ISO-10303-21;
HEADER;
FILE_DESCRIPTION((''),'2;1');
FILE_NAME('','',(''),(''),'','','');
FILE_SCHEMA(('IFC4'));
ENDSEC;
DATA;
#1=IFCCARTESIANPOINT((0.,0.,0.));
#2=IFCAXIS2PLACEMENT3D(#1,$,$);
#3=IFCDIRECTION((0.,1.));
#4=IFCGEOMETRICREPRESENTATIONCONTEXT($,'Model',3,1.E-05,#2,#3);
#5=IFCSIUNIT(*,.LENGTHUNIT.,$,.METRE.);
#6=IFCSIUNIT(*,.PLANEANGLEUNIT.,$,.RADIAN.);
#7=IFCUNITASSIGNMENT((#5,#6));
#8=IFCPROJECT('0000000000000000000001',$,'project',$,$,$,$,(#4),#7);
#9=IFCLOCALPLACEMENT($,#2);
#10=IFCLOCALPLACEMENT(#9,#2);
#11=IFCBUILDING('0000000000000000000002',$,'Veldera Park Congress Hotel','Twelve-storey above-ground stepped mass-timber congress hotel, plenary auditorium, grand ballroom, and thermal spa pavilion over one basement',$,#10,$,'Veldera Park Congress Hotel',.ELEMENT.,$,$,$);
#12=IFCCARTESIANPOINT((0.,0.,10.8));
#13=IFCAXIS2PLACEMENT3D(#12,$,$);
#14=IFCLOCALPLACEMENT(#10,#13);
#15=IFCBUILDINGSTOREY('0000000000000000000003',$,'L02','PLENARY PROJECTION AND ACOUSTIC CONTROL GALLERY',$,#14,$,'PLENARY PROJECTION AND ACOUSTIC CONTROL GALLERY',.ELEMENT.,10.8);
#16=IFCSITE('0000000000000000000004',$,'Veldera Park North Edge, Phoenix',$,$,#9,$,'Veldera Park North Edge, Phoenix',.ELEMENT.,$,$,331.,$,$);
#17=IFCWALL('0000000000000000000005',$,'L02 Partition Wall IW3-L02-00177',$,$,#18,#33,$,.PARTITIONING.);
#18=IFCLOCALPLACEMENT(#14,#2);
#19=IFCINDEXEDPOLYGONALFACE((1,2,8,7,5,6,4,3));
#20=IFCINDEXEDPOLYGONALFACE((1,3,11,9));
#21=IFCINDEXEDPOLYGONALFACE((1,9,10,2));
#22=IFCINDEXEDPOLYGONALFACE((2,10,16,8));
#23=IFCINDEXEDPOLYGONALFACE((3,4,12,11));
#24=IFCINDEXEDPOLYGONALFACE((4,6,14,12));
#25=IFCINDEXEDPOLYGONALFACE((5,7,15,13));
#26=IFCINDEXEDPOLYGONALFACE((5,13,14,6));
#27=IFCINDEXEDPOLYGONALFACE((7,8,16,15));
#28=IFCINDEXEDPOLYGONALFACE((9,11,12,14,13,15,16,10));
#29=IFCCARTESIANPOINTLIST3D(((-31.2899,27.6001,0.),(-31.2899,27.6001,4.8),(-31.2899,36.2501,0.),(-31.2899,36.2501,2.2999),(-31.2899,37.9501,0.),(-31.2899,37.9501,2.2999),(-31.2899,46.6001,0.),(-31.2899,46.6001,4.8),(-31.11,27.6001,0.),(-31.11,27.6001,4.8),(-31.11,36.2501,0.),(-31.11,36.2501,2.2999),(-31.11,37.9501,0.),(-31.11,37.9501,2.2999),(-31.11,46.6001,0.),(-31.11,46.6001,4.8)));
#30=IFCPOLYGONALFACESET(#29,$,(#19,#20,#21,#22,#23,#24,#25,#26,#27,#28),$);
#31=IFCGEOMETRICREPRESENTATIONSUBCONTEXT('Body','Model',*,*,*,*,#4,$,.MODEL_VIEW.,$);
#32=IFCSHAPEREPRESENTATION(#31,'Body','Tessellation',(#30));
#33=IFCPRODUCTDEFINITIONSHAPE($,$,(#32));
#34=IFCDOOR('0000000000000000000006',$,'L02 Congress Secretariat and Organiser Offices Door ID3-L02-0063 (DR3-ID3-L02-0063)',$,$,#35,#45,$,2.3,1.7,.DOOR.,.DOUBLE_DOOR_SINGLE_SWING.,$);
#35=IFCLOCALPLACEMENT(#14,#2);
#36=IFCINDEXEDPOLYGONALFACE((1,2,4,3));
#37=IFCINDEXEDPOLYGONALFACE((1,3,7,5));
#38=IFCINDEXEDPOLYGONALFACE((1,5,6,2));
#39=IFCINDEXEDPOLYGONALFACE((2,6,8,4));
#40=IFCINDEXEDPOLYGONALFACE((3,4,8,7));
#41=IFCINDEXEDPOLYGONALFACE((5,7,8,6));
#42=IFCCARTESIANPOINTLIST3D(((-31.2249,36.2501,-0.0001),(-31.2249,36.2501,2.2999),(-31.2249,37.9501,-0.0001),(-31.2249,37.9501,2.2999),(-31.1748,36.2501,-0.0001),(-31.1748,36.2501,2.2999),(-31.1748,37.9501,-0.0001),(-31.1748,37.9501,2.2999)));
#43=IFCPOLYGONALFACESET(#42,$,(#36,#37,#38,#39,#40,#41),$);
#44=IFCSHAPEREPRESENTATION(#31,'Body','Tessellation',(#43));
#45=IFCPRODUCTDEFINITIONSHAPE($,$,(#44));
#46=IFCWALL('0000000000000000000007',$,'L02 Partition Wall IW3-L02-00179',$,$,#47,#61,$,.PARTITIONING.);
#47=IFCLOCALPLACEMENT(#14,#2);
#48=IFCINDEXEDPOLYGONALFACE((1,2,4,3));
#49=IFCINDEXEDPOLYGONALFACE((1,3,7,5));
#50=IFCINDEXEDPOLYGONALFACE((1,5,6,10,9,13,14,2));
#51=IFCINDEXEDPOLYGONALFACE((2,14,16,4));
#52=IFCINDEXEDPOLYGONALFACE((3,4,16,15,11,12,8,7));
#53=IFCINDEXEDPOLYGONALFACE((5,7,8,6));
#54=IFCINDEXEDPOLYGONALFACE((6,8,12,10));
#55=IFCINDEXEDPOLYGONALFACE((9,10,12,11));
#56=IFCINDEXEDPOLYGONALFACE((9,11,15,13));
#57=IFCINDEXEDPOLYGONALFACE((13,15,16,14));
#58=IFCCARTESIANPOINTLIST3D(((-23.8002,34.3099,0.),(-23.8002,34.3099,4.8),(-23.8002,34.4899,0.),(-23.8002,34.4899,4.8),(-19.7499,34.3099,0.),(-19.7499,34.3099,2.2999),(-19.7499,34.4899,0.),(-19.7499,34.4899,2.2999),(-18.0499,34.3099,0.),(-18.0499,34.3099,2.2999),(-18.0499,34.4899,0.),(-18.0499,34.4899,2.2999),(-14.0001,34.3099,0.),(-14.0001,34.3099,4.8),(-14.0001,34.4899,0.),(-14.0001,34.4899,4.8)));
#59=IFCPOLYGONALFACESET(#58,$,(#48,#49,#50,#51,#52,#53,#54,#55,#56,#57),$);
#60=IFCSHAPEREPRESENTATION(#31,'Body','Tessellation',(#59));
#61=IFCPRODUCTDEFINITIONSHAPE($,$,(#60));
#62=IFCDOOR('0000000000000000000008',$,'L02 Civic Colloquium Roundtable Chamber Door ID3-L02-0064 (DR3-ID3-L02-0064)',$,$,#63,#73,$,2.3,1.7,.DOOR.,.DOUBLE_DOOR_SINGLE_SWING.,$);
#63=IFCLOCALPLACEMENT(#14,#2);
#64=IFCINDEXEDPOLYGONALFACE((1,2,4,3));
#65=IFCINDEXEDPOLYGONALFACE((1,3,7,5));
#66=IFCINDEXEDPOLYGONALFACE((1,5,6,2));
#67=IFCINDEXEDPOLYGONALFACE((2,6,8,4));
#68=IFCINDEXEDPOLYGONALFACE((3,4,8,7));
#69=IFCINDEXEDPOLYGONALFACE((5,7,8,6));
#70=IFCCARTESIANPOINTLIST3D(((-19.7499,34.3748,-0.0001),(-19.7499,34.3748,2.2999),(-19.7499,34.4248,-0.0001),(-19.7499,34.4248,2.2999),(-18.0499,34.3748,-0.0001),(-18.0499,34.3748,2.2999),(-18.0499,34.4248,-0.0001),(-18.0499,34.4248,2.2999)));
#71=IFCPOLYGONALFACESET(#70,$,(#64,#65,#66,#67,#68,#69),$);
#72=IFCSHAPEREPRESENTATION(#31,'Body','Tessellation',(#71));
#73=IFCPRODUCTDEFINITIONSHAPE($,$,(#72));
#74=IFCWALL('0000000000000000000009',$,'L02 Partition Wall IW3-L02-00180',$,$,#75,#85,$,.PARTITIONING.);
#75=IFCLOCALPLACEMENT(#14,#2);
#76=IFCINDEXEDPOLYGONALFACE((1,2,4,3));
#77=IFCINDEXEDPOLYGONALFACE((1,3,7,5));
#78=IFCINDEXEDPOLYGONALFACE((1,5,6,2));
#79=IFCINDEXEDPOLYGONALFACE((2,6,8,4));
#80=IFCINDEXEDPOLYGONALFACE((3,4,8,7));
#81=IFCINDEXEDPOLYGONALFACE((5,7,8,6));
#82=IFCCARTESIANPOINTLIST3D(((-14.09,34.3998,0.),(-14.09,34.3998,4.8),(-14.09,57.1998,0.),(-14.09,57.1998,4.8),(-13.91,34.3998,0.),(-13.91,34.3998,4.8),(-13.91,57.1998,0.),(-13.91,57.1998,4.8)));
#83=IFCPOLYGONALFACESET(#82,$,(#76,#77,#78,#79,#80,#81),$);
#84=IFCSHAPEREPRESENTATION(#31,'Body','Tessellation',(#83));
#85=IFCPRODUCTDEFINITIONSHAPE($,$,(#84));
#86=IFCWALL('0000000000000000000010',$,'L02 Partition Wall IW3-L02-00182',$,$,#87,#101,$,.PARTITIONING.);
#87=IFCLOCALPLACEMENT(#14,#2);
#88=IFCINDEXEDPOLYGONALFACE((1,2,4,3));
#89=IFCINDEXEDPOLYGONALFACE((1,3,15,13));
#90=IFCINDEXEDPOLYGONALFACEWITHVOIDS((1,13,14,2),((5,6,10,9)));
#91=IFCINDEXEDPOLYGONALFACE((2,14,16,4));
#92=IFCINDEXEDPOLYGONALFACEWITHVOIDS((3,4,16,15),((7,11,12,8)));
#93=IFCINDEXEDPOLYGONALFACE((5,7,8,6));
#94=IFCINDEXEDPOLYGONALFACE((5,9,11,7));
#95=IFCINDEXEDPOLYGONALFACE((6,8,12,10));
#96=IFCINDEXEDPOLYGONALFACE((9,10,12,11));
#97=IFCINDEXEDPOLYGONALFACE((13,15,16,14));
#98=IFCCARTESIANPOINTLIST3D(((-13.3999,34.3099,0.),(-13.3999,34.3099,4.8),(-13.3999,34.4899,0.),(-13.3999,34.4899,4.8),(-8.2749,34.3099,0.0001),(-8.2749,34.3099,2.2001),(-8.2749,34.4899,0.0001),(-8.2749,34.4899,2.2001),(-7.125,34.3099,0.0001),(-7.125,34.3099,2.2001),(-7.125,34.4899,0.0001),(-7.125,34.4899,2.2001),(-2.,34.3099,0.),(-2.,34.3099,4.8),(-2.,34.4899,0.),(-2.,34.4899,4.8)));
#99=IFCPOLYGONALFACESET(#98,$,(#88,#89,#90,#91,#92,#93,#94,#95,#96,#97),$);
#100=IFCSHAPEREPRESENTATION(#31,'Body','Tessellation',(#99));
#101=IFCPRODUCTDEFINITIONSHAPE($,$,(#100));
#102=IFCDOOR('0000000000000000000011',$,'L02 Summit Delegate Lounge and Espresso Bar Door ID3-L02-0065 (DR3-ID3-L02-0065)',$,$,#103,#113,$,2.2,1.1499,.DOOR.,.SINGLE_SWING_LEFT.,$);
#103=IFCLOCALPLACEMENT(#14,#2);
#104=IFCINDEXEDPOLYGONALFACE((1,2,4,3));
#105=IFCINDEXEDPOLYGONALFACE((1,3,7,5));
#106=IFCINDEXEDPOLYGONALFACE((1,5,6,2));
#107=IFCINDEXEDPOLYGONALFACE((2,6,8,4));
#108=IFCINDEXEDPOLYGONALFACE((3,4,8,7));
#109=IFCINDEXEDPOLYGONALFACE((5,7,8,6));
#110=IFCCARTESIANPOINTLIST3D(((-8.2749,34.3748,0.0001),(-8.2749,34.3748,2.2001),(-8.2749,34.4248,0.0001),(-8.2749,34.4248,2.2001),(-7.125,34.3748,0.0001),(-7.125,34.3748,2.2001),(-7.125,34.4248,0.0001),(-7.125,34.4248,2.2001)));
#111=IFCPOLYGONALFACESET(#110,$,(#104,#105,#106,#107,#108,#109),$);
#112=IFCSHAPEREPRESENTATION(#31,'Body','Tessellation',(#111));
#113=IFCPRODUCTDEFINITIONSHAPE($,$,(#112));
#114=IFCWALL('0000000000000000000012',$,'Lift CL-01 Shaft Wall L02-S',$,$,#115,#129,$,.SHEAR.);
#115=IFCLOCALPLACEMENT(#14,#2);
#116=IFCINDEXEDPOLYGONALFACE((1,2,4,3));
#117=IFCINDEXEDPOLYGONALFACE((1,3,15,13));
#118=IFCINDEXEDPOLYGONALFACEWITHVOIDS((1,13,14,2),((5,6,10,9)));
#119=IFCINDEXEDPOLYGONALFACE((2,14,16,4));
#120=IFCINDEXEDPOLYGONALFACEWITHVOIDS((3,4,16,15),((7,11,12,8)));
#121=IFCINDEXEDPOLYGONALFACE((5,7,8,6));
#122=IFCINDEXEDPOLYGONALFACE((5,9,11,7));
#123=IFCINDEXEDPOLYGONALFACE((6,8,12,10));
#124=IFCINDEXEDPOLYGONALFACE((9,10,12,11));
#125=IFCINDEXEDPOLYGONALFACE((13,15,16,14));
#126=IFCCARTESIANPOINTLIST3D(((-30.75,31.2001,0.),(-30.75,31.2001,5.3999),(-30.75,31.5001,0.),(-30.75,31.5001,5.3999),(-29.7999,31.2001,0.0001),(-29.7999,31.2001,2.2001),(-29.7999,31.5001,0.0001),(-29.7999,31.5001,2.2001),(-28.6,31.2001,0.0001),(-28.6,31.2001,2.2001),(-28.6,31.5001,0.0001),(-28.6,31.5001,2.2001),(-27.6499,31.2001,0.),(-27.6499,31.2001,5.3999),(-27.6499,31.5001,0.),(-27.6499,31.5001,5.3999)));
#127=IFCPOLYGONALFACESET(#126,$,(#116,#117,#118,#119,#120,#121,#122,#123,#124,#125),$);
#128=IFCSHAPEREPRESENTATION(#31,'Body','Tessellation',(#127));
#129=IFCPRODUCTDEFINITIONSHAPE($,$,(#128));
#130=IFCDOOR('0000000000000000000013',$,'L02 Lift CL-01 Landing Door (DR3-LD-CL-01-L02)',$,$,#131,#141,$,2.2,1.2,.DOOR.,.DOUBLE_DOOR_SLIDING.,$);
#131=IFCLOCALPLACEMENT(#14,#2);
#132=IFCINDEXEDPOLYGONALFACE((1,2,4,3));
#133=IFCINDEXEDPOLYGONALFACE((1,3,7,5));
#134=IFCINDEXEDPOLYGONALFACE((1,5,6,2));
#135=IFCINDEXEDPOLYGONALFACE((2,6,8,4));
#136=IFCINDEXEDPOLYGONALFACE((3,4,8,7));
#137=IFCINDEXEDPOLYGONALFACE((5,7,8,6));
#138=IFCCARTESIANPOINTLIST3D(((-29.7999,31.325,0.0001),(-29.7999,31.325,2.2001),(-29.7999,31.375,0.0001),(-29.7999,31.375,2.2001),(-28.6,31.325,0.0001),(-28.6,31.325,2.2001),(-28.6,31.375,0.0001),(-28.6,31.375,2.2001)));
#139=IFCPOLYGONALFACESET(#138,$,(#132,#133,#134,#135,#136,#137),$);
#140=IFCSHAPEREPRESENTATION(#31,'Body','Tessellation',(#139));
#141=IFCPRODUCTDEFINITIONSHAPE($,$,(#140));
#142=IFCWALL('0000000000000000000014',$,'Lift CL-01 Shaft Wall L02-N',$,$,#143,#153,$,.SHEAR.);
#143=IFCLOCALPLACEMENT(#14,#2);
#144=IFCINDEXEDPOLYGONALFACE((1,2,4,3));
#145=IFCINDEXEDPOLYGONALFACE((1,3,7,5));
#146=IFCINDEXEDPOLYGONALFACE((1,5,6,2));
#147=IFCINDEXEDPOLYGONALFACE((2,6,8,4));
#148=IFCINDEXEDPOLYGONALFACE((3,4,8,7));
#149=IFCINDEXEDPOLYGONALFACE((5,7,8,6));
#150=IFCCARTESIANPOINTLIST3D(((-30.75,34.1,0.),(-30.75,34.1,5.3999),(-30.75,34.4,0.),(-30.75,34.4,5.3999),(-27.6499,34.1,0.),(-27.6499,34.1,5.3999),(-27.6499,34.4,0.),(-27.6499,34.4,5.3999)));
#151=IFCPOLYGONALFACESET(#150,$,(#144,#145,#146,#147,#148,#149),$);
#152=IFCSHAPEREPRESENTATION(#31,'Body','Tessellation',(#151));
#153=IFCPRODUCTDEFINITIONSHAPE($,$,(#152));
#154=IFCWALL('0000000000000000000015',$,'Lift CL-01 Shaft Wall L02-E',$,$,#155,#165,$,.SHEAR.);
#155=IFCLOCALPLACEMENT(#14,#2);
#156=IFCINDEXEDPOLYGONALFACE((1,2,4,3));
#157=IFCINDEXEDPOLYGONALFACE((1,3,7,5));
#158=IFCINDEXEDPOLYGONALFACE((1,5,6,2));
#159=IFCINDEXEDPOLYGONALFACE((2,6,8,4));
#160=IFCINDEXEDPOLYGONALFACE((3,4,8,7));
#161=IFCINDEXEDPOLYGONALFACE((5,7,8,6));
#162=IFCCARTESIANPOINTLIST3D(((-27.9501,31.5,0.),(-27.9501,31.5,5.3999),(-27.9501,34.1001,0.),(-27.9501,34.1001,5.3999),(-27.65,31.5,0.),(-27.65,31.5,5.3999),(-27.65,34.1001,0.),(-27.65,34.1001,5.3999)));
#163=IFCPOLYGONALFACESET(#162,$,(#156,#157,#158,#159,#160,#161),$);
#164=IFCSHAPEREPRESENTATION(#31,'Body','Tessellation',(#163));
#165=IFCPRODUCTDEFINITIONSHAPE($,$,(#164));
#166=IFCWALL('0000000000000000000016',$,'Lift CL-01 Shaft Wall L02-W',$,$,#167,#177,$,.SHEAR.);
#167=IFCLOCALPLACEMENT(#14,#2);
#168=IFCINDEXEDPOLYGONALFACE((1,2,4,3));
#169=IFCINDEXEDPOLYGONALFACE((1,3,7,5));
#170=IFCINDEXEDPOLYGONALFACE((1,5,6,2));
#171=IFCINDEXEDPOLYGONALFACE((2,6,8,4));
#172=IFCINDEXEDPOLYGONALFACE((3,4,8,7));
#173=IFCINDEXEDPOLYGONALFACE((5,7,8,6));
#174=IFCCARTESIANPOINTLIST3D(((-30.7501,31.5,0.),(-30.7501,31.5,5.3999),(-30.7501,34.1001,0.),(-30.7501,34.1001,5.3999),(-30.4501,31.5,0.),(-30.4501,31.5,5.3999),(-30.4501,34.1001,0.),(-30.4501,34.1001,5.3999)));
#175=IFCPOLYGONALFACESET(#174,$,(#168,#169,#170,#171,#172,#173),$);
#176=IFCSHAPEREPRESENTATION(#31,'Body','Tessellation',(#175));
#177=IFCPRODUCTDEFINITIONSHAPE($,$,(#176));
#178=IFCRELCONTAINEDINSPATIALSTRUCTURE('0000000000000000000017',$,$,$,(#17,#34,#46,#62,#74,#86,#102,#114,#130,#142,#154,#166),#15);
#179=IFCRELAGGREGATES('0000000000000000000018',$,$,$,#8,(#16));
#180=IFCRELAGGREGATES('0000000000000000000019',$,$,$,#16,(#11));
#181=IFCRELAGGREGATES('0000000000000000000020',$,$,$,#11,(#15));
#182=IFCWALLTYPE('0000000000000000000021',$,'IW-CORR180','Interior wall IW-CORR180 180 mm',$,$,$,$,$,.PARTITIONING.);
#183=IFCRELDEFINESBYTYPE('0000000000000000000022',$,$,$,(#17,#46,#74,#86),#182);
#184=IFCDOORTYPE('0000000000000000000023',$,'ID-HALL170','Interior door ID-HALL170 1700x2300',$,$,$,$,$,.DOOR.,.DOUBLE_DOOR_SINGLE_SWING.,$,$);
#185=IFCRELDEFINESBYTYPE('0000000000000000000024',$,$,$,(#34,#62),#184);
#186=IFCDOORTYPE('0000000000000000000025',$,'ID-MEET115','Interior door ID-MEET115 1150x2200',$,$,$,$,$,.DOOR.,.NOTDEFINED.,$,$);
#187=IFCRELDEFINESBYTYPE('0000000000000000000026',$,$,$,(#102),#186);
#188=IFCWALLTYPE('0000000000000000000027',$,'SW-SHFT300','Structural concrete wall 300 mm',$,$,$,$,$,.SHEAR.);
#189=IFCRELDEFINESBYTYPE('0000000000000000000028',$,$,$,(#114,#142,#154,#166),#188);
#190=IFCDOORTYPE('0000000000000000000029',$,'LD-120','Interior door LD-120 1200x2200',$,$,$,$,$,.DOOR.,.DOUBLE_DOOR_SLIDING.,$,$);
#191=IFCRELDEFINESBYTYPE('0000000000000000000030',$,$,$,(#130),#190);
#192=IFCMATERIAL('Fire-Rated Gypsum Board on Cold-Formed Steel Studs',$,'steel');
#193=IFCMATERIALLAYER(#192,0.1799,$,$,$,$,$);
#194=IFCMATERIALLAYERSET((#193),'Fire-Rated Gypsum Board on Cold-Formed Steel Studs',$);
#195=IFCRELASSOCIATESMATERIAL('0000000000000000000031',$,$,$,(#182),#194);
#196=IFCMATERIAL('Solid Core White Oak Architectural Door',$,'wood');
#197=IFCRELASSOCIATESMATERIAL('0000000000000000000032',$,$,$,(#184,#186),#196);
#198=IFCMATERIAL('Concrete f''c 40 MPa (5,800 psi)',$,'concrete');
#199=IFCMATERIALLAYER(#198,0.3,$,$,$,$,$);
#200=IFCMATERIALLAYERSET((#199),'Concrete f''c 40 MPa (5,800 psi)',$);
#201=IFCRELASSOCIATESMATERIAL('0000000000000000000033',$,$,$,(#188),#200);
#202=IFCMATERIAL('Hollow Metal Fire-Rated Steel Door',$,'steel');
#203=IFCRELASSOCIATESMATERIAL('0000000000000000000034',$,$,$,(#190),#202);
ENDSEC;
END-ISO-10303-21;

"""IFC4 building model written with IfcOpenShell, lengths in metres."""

from ifc_helpers import new_model, si_unit, direction, frame, frame_2d, origin, place, context, subcontext, project, spatial, rectangle, extrude, material, layer, layer_set, type_object, element, fill, save


model = new_model("IFC4")

# Units and contexts
model_context = context("Model", 3, precision=1e-05, world=origin(), true_north=direction((0.0, 1.0)))
body_context = subcontext(model_context, "Body", "Model", "MODEL_VIEW")
ifc_project = project(units=[si_unit("LENGTHUNIT", "METRE"), si_unit("PLANEANGLEUNIT", "RADIAN")], contexts=[model_context])

# Site, building, storey
site_placement = place(None, origin())
site = spatial("IfcSite", under=ifc_project, at=site_placement, Name="Veldera Park North Edge, Phoenix", LongName="Veldera Park North Edge, Phoenix", CompositionType="ELEMENT", RefElevation=331.0)
building_placement = place(site_placement, origin())
building = spatial("IfcBuilding", under=site, at=building_placement, Name="Veldera Park Congress Hotel", Description="Twelve-storey above-ground stepped mass-timber congress hotel, plenary auditorium, grand ballroom, and thermal spa pavilion over one basement", LongName="Veldera Park Congress Hotel", CompositionType="ELEMENT")
storey_placement = place(building_placement, frame((0.0, 0.0, 10.8)))
storey = spatial("IfcBuildingStorey", under=building, at=storey_placement, Name="L02", Description="PLENARY PROJECTION AND ACOUSTIC CONTROL GALLERY", LongName="PLENARY PROJECTION AND ACOUSTIC CONTROL GALLERY", CompositionType="ELEMENT", Elevation=10.8)

# Walls, openings, doors
ifc_material_1 = material(Name="Fire-Rated Gypsum Board on Cold-Formed Steel Studs", Category="steel")
ifc_layer_1 = layer(ifc_material_1, 0.1799)
ifc_layer_set_1 = layer_set([ifc_layer_1], Name="Fire-Rated Gypsum Board on Cold-Formed Steel Studs")
wall_type_1 = type_object("IfcWallType", Name="IW-CORR180", Description="Interior wall IW-CORR180 180 mm", PredefinedType="PARTITIONING", material=ifc_layer_set_1)
wall_1_placement = place(storey_placement, frame((-31.2, 27.6001, 0.0), z_axis=(0.0, 0.0, 1.0), x_axis=(0.0, 1.0, 0.0)))
wall_1 = element("IfcWall", 1, at=wall_1_placement, inside=storey, type_object=wall_type_1, Name="L02 Partition Wall IW3-L02-00177", PredefinedType="PARTITIONING", context=body_context, shape_type="SweptSolid", body=[
    extrude(rectangle(XDim=19.0, YDim=0.1799, at=frame_2d((9.5, 0.0))), origin(), (0.0, 0.0, 1.0), 4.8),
])
opening_1_placement = place(wall_1_placement, frame((8.6499, 0.0, 0.0)))
opening_1 = element("IfcOpeningElement", 2, at=opening_1_placement, cuts=wall_1, PredefinedType="OPENING", context=body_context, shape_type="SweptSolid", body=[
    extrude(rectangle(XDim=1.7, YDim=2.3, at=frame_2d((0.8501, 1.1499))), frame((0.0, 0.1021, 0.0), z_axis=(0.0, -1.0, 0.0), x_axis=(1.0, 0.0, 0.0)), (0.0, 0.0, 1.0), 0.2039),
])
ifc_material_2 = material(Name="Solid Core White Oak Architectural Door", Category="wood")
door_type_1 = type_object("IfcDoorType", Name="ID-HALL170", Description="Interior door ID-HALL170 1700x2300", OperationType="DOUBLE_DOOR_SINGLE_SWING", PredefinedType="DOOR", material=ifc_material_2)
door_1_placement = place(opening_1_placement, origin())
door_1 = element("IfcDoor", 3, at=door_1_placement, inside=storey, type_object=door_type_1, Name="L02 Congress Secretariat and Organiser Offices Door ID3-L02-0063 (DR3-ID3-L02-0063)", OperationType="DOUBLE_DOOR_SINGLE_SWING", OverallHeight=2.3, OverallWidth=1.7, PredefinedType="DOOR", context=body_context, shape_type="SweptSolid", body=[
    extrude(rectangle(XDim=1.7, YDim=2.3, at=frame_2d((0.8501, 1.1499))), frame((0.0, 0.0249, 0.0), z_axis=(0.0, -1.0, 0.0), x_axis=(1.0, 0.0, 0.0)), (0.0, 0.0, 1.0), 0.05),
])
fill(opening_1, door_1)
wall_2_placement = place(storey_placement, frame((-23.8, 34.3999, 0.0), z_axis=(0.0, 0.0, 1.0), x_axis=(1.0, 0.0, 0.0)))
wall_2 = element("IfcWall", 4, at=wall_2_placement, inside=storey, type_object=wall_type_1, Name="L02 Partition Wall IW3-L02-00179", PredefinedType="PARTITIONING", context=body_context, shape_type="SweptSolid", body=[
    extrude(rectangle(XDim=9.8, YDim=0.1799, at=frame_2d((4.8999, 0.0))), origin(), (0.0, 0.0, 1.0), 4.8),
])
opening_2_placement = place(wall_2_placement, frame((4.05, 0.0, 0.0)))
opening_2 = element("IfcOpeningElement", 5, at=opening_2_placement, cuts=wall_2, PredefinedType="OPENING", context=body_context, shape_type="SweptSolid", body=[
    extrude(rectangle(XDim=1.7, YDim=2.3, at=frame_2d((0.8501, 1.1499))), frame((0.0, 0.1021, 0.0), z_axis=(0.0, -1.0, 0.0), x_axis=(1.0, 0.0, 0.0)), (0.0, 0.0, 1.0), 0.2039),
])
door_2_placement = place(opening_2_placement, origin())
door_2 = element("IfcDoor", 6, at=door_2_placement, inside=storey, type_object=door_type_1, Name="L02 Civic Colloquium Roundtable Chamber Door ID3-L02-0064 (DR3-ID3-L02-0064)", OperationType="DOUBLE_DOOR_SINGLE_SWING", OverallHeight=2.3, OverallWidth=1.7, PredefinedType="DOOR", context=body_context, shape_type="SweptSolid", body=[
    extrude(rectangle(XDim=1.7, YDim=2.3, at=frame_2d((0.8501, 1.1499))), frame((0.0, 0.0249, 0.0), z_axis=(0.0, -1.0, 0.0), x_axis=(1.0, 0.0, 0.0)), (0.0, 0.0, 1.0), 0.05),
])
fill(opening_2, door_2)

# Wall
wall_3_placement = place(storey_placement, frame((-14.0, 34.3999, 0.0), z_axis=(0.0, 0.0, 1.0), x_axis=(0.0, 1.0, 0.0)))
element("IfcWall", 7, at=wall_3_placement, inside=storey, type_object=wall_type_1, Name="L02 Partition Wall IW3-L02-00180", PredefinedType="PARTITIONING", context=body_context, shape_type="SweptSolid", body=[
    extrude(rectangle(XDim=22.8, YDim=0.1799, at=frame_2d((11.3999, 0.0))), origin(), (0.0, 0.0, 1.0), 4.8),
])

# Walls, openings, doors
wall_4_placement = place(storey_placement, frame((-13.3999, 34.3999, 0.0), z_axis=(0.0, 0.0, 1.0), x_axis=(1.0, 0.0, 0.0)))
wall_4 = element("IfcWall", 8, at=wall_4_placement, inside=storey, type_object=wall_type_1, Name="L02 Partition Wall IW3-L02-00182", PredefinedType="PARTITIONING", context=body_context, shape_type="SweptSolid", body=[
    extrude(rectangle(XDim=11.3999, YDim=0.1799, at=frame_2d((5.7, 0.0))), origin(), (0.0, 0.0, 1.0), 4.8),
])
opening_3_placement = place(wall_4_placement, frame((5.125, 0.0, 0.0)))
opening_3 = element("IfcOpeningElement", 9, at=opening_3_placement, cuts=wall_4, PredefinedType="OPENING", context=body_context, shape_type="SweptSolid", body=[
    extrude(rectangle(XDim=1.1499, YDim=2.2, at=frame_2d((0.575, 1.1001))), frame((0.0, 0.1021, 0.0), z_axis=(0.0, -1.0, 0.0), x_axis=(1.0, 0.0, 0.0)), (0.0, 0.0, 1.0), 0.2039),
])
door_type_2 = type_object("IfcDoorType", Name="ID-MEET115", Description="Interior door ID-MEET115 1150x2200", OperationType="NOTDEFINED", PredefinedType="DOOR", material=ifc_material_2)
door_3_placement = place(opening_3_placement, origin())
door_3 = element("IfcDoor", 10, at=door_3_placement, inside=storey, type_object=door_type_2, Name="L02 Summit Delegate Lounge and Espresso Bar Door ID3-L02-0065 (DR3-ID3-L02-0065)", OperationType="SINGLE_SWING_LEFT", OverallHeight=2.2, OverallWidth=1.1499, PredefinedType="DOOR", context=body_context, shape_type="SweptSolid", body=[
    extrude(rectangle(XDim=1.1499, YDim=2.2, at=frame_2d((0.575, 1.1001))), frame((0.0, 0.0249, 0.0), z_axis=(0.0, -1.0, 0.0), x_axis=(1.0, 0.0, 0.0)), (0.0, 0.0, 1.0), 0.05),
])
fill(opening_3, door_3)
ifc_material_3 = material(Name="Concrete f'c 40 MPa (5,800 psi)", Category="concrete")
ifc_layer_2 = layer(ifc_material_3, 0.3)
ifc_layer_set_2 = layer_set([ifc_layer_2], Name="Concrete f'c 40 MPa (5,800 psi)")
wall_type_2 = type_object("IfcWallType", Name="SW-SHFT300", Description="Structural concrete wall 300 mm", PredefinedType="SHEAR", material=ifc_layer_set_2)
wall_5_placement = place(storey_placement, frame((-30.75, 31.3501, 0.0), z_axis=(0.0, 0.0, 1.0), x_axis=(1.0, 0.0, 0.0)))
wall_5 = element("IfcWall", 11, at=wall_5_placement, inside=storey, type_object=wall_type_2, Name="Lift CL-01 Shaft Wall L02-S", PredefinedType="SHEAR", context=body_context, shape_type="SweptSolid", body=[
    extrude(rectangle(XDim=3.1001, YDim=0.3, at=frame_2d((1.55, 0.0))), origin(), (0.0, 0.0, 1.0), 5.3999),
])
opening_4_placement = place(wall_5_placement, frame((0.95, 0.0, 0.0)))
opening_4 = element("IfcOpeningElement", 12, at=opening_4_placement, cuts=wall_5, PredefinedType="OPENING", context=body_context, shape_type="SweptSolid", body=[
    extrude(rectangle(XDim=1.2, YDim=2.2, at=frame_2d((0.6001, 1.1001))), frame((0.0, 0.1621, 0.0), z_axis=(0.0, -1.0, 0.0), x_axis=(1.0, 0.0, 0.0)), (0.0, 0.0, 1.0), 0.324),
])
ifc_material_4 = material(Name="Hollow Metal Fire-Rated Steel Door", Category="steel")
door_type_3 = type_object("IfcDoorType", Name="LD-120", Description="Interior door LD-120 1200x2200", OperationType="DOUBLE_DOOR_SLIDING", PredefinedType="DOOR", material=ifc_material_4)
door_4_placement = place(opening_4_placement, origin())
door_4 = element("IfcDoor", 13, at=door_4_placement, inside=storey, type_object=door_type_3, Name="L02 Lift CL-01 Landing Door (DR3-LD-CL-01-L02)", OperationType="DOUBLE_DOOR_SLIDING", OverallHeight=2.2, OverallWidth=1.2, PredefinedType="DOOR", context=body_context, shape_type="SweptSolid", body=[
    extrude(rectangle(XDim=1.2, YDim=2.2, at=frame_2d((0.6001, 1.1001))), frame((0.0, 0.0249, 0.0), z_axis=(0.0, -1.0, 0.0), x_axis=(1.0, 0.0, 0.0)), (0.0, 0.0, 1.0), 0.05),
])
fill(opening_4, door_4)

# Walls
wall_6_placement = place(storey_placement, frame((-27.6499, 34.25, 0.0), z_axis=(0.0, 0.0, 1.0), x_axis=(-1.0, 0.0, 0.0)))
element("IfcWall", 14, at=wall_6_placement, inside=storey, type_object=wall_type_2, Name="Lift CL-01 Shaft Wall L02-N", PredefinedType="SHEAR", context=body_context, shape_type="SweptSolid", body=[
    extrude(rectangle(XDim=3.1001, YDim=0.3, at=frame_2d((1.55, 0.0))), origin(), (0.0, 0.0, 1.0), 5.3999),
])
for number, where, z_axis, x_axis, name in (
    (15, (-27.8, 31.5, 0.0), (0.0, 0.0, 1.0), (0.0, 1.0, 0.0), "Lift CL-01 Shaft Wall L02-E"),
    (16, (-30.6001, 34.1001, 0.0), (0.0, 0.0, 1.0), (0.0, -1.0, 0.0), "Lift CL-01 Shaft Wall L02-W"),
):
    element("IfcWall", number, at=place(storey_placement, frame(where, z_axis=z_axis, x_axis=x_axis)), inside=storey, type_object=wall_type_2, Name=name, PredefinedType="SHEAR", context=body_context, shape_type="SweptSolid", body=[
        extrude(rectangle(XDim=2.6001, YDim=0.3, at=frame_2d((1.3, 0.0))), origin(), (0.0, 0.0, 1.0), 5.3999),
    ])

save(model, "model.ifc")
